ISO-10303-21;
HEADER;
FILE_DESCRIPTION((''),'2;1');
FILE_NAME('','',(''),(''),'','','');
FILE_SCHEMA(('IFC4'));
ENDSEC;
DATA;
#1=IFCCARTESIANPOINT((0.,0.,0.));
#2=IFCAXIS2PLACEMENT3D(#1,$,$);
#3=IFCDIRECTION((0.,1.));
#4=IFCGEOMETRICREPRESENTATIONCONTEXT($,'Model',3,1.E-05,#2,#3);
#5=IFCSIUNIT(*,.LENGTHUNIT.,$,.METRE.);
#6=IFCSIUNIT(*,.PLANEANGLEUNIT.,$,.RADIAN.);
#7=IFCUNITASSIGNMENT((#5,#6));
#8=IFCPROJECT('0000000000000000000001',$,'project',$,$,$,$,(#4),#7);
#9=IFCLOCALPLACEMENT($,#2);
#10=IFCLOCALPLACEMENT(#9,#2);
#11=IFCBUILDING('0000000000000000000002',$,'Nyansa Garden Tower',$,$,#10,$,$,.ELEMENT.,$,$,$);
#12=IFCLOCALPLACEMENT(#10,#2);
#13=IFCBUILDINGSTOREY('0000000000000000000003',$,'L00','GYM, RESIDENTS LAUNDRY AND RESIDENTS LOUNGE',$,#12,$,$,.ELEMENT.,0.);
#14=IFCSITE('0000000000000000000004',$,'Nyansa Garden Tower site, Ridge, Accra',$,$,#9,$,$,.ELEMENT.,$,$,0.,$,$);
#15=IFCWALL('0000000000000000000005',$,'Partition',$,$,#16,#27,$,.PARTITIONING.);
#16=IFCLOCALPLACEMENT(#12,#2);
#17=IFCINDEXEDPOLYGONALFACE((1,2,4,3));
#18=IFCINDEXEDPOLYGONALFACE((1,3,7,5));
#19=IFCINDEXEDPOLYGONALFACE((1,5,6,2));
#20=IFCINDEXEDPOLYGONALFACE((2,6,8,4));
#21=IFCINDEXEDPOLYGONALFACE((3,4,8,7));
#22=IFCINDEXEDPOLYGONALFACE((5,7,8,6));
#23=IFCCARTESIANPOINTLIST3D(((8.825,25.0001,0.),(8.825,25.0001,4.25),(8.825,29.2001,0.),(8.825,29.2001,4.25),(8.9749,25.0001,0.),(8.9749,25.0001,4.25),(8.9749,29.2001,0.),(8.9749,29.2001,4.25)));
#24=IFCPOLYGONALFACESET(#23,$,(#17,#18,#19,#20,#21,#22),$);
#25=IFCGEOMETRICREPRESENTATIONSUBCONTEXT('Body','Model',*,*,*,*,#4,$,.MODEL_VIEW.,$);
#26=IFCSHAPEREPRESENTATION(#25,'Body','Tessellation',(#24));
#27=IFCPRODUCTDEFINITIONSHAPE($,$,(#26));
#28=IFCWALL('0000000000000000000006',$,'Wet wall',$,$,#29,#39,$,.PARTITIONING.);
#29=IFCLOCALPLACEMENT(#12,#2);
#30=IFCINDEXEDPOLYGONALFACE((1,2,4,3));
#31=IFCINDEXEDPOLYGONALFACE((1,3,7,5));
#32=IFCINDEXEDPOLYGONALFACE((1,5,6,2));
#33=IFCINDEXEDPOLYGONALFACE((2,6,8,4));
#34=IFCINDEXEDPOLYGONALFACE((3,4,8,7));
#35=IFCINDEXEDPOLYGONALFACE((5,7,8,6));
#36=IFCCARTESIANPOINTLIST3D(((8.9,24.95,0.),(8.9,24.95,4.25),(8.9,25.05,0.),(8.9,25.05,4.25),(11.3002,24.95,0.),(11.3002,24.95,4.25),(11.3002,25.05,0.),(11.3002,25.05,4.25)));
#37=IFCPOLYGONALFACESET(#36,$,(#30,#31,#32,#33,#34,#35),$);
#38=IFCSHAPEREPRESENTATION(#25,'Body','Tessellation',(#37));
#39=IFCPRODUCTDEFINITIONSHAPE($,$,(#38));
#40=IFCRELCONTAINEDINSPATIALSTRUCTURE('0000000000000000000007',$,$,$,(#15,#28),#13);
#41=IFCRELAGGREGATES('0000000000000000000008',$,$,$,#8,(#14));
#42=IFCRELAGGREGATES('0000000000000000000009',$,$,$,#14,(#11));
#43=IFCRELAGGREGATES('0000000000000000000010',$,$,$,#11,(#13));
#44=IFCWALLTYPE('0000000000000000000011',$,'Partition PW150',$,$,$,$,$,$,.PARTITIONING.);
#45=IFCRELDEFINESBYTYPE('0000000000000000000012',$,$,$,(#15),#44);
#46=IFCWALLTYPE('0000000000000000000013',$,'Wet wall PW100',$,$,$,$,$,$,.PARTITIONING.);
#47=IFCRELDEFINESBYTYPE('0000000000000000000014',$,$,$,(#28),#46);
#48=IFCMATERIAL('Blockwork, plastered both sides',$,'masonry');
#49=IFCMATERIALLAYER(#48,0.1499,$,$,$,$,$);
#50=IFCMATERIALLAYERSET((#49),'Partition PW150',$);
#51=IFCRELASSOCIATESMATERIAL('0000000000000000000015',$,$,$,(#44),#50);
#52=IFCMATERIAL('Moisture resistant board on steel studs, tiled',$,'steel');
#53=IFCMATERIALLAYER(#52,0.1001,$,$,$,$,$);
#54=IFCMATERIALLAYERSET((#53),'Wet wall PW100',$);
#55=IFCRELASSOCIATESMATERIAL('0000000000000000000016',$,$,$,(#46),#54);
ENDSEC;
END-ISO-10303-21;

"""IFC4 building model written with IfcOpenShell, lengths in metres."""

from ifc_helpers import new_model, si_unit, direction, frame, frame_2d, origin, place, context, subcontext, project, spatial, rectangle, extrude, material, layer, layer_set, type_object, element, save


model = new_model("IFC4")

# Units and contexts
model_context = context("Model", 3, precision=1e-05, world=origin(), true_north=direction((0.0, 1.0)))
body_context = subcontext(model_context, "Body", "Model", "MODEL_VIEW")
ifc_project = project(units=[si_unit("LENGTHUNIT", "METRE"), si_unit("PLANEANGLEUNIT", "RADIAN")], contexts=[model_context])

# Site, building, storey
site_placement = place(None, origin())
site = spatial("IfcSite", under=ifc_project, at=site_placement, Name="Nyansa Garden Tower site, Ridge, Accra", CompositionType="ELEMENT", RefElevation=0.0)
building_placement = place(site_placement, origin())
building = spatial("IfcBuilding", under=site, at=building_placement, Name="Nyansa Garden Tower", CompositionType="ELEMENT")
storey_placement = place(building_placement, origin())
storey = spatial("IfcBuildingStorey", under=building, at=storey_placement, Name="L00", Description="GYM, RESIDENTS LAUNDRY AND RESIDENTS LOUNGE", CompositionType="ELEMENT", Elevation=0.0)

# Walls
ifc_material_1 = material(Name="Blockwork, plastered both sides", Category="masonry")
ifc_layer_1 = layer(ifc_material_1, 0.1499)
ifc_layer_set_1 = layer_set([ifc_layer_1], Name="Partition PW150")
wall_type_1 = type_object("IfcWallType", Name="Partition PW150", PredefinedType="PARTITIONING", material=ifc_layer_set_1)
wall_1_placement = place(storey_placement, frame((8.8999, 25.0, 0.0), z_axis=(0.0, 0.0, 1.0), x_axis=(0.0, 1.0, 0.0)))
element("IfcWall", 1, at=wall_1_placement, inside=storey, type_object=wall_type_1, Name="Partition", PredefinedType="PARTITIONING", context=body_context, shape_type="SweptSolid", body=[
    extrude(rectangle(XDim=4.2, YDim=0.1499, at=frame_2d((2.1001, 0.0))), origin(), (0.0, 0.0, 1.0), 4.25),
])
ifc_material_2 = material(Name="Moisture resistant board on steel studs, tiled", Category="steel")
ifc_layer_2 = layer(ifc_material_2, 0.1001)
ifc_layer_set_2 = layer_set([ifc_layer_2], Name="Wet wall PW100")
wall_type_2 = type_object("IfcWallType", Name="Wet wall PW100", PredefinedType="PARTITIONING", material=ifc_layer_set_2)
wall_2_placement = place(storey_placement, frame((8.8999, 25.0, 0.0), z_axis=(0.0, 0.0, 1.0), x_axis=(1.0, 0.0, 0.0)))
element("IfcWall", 2, at=wall_2_placement, inside=storey, type_object=wall_type_2, Name="Wet wall", PredefinedType="PARTITIONING", context=body_context, shape_type="SweptSolid", body=[
    extrude(rectangle(XDim=2.4001, YDim=0.1001, at=frame_2d((1.2002, 0.0))), origin(), (0.0, 0.0, 1.0), 4.25),
])

save(model, "model.ifc")
